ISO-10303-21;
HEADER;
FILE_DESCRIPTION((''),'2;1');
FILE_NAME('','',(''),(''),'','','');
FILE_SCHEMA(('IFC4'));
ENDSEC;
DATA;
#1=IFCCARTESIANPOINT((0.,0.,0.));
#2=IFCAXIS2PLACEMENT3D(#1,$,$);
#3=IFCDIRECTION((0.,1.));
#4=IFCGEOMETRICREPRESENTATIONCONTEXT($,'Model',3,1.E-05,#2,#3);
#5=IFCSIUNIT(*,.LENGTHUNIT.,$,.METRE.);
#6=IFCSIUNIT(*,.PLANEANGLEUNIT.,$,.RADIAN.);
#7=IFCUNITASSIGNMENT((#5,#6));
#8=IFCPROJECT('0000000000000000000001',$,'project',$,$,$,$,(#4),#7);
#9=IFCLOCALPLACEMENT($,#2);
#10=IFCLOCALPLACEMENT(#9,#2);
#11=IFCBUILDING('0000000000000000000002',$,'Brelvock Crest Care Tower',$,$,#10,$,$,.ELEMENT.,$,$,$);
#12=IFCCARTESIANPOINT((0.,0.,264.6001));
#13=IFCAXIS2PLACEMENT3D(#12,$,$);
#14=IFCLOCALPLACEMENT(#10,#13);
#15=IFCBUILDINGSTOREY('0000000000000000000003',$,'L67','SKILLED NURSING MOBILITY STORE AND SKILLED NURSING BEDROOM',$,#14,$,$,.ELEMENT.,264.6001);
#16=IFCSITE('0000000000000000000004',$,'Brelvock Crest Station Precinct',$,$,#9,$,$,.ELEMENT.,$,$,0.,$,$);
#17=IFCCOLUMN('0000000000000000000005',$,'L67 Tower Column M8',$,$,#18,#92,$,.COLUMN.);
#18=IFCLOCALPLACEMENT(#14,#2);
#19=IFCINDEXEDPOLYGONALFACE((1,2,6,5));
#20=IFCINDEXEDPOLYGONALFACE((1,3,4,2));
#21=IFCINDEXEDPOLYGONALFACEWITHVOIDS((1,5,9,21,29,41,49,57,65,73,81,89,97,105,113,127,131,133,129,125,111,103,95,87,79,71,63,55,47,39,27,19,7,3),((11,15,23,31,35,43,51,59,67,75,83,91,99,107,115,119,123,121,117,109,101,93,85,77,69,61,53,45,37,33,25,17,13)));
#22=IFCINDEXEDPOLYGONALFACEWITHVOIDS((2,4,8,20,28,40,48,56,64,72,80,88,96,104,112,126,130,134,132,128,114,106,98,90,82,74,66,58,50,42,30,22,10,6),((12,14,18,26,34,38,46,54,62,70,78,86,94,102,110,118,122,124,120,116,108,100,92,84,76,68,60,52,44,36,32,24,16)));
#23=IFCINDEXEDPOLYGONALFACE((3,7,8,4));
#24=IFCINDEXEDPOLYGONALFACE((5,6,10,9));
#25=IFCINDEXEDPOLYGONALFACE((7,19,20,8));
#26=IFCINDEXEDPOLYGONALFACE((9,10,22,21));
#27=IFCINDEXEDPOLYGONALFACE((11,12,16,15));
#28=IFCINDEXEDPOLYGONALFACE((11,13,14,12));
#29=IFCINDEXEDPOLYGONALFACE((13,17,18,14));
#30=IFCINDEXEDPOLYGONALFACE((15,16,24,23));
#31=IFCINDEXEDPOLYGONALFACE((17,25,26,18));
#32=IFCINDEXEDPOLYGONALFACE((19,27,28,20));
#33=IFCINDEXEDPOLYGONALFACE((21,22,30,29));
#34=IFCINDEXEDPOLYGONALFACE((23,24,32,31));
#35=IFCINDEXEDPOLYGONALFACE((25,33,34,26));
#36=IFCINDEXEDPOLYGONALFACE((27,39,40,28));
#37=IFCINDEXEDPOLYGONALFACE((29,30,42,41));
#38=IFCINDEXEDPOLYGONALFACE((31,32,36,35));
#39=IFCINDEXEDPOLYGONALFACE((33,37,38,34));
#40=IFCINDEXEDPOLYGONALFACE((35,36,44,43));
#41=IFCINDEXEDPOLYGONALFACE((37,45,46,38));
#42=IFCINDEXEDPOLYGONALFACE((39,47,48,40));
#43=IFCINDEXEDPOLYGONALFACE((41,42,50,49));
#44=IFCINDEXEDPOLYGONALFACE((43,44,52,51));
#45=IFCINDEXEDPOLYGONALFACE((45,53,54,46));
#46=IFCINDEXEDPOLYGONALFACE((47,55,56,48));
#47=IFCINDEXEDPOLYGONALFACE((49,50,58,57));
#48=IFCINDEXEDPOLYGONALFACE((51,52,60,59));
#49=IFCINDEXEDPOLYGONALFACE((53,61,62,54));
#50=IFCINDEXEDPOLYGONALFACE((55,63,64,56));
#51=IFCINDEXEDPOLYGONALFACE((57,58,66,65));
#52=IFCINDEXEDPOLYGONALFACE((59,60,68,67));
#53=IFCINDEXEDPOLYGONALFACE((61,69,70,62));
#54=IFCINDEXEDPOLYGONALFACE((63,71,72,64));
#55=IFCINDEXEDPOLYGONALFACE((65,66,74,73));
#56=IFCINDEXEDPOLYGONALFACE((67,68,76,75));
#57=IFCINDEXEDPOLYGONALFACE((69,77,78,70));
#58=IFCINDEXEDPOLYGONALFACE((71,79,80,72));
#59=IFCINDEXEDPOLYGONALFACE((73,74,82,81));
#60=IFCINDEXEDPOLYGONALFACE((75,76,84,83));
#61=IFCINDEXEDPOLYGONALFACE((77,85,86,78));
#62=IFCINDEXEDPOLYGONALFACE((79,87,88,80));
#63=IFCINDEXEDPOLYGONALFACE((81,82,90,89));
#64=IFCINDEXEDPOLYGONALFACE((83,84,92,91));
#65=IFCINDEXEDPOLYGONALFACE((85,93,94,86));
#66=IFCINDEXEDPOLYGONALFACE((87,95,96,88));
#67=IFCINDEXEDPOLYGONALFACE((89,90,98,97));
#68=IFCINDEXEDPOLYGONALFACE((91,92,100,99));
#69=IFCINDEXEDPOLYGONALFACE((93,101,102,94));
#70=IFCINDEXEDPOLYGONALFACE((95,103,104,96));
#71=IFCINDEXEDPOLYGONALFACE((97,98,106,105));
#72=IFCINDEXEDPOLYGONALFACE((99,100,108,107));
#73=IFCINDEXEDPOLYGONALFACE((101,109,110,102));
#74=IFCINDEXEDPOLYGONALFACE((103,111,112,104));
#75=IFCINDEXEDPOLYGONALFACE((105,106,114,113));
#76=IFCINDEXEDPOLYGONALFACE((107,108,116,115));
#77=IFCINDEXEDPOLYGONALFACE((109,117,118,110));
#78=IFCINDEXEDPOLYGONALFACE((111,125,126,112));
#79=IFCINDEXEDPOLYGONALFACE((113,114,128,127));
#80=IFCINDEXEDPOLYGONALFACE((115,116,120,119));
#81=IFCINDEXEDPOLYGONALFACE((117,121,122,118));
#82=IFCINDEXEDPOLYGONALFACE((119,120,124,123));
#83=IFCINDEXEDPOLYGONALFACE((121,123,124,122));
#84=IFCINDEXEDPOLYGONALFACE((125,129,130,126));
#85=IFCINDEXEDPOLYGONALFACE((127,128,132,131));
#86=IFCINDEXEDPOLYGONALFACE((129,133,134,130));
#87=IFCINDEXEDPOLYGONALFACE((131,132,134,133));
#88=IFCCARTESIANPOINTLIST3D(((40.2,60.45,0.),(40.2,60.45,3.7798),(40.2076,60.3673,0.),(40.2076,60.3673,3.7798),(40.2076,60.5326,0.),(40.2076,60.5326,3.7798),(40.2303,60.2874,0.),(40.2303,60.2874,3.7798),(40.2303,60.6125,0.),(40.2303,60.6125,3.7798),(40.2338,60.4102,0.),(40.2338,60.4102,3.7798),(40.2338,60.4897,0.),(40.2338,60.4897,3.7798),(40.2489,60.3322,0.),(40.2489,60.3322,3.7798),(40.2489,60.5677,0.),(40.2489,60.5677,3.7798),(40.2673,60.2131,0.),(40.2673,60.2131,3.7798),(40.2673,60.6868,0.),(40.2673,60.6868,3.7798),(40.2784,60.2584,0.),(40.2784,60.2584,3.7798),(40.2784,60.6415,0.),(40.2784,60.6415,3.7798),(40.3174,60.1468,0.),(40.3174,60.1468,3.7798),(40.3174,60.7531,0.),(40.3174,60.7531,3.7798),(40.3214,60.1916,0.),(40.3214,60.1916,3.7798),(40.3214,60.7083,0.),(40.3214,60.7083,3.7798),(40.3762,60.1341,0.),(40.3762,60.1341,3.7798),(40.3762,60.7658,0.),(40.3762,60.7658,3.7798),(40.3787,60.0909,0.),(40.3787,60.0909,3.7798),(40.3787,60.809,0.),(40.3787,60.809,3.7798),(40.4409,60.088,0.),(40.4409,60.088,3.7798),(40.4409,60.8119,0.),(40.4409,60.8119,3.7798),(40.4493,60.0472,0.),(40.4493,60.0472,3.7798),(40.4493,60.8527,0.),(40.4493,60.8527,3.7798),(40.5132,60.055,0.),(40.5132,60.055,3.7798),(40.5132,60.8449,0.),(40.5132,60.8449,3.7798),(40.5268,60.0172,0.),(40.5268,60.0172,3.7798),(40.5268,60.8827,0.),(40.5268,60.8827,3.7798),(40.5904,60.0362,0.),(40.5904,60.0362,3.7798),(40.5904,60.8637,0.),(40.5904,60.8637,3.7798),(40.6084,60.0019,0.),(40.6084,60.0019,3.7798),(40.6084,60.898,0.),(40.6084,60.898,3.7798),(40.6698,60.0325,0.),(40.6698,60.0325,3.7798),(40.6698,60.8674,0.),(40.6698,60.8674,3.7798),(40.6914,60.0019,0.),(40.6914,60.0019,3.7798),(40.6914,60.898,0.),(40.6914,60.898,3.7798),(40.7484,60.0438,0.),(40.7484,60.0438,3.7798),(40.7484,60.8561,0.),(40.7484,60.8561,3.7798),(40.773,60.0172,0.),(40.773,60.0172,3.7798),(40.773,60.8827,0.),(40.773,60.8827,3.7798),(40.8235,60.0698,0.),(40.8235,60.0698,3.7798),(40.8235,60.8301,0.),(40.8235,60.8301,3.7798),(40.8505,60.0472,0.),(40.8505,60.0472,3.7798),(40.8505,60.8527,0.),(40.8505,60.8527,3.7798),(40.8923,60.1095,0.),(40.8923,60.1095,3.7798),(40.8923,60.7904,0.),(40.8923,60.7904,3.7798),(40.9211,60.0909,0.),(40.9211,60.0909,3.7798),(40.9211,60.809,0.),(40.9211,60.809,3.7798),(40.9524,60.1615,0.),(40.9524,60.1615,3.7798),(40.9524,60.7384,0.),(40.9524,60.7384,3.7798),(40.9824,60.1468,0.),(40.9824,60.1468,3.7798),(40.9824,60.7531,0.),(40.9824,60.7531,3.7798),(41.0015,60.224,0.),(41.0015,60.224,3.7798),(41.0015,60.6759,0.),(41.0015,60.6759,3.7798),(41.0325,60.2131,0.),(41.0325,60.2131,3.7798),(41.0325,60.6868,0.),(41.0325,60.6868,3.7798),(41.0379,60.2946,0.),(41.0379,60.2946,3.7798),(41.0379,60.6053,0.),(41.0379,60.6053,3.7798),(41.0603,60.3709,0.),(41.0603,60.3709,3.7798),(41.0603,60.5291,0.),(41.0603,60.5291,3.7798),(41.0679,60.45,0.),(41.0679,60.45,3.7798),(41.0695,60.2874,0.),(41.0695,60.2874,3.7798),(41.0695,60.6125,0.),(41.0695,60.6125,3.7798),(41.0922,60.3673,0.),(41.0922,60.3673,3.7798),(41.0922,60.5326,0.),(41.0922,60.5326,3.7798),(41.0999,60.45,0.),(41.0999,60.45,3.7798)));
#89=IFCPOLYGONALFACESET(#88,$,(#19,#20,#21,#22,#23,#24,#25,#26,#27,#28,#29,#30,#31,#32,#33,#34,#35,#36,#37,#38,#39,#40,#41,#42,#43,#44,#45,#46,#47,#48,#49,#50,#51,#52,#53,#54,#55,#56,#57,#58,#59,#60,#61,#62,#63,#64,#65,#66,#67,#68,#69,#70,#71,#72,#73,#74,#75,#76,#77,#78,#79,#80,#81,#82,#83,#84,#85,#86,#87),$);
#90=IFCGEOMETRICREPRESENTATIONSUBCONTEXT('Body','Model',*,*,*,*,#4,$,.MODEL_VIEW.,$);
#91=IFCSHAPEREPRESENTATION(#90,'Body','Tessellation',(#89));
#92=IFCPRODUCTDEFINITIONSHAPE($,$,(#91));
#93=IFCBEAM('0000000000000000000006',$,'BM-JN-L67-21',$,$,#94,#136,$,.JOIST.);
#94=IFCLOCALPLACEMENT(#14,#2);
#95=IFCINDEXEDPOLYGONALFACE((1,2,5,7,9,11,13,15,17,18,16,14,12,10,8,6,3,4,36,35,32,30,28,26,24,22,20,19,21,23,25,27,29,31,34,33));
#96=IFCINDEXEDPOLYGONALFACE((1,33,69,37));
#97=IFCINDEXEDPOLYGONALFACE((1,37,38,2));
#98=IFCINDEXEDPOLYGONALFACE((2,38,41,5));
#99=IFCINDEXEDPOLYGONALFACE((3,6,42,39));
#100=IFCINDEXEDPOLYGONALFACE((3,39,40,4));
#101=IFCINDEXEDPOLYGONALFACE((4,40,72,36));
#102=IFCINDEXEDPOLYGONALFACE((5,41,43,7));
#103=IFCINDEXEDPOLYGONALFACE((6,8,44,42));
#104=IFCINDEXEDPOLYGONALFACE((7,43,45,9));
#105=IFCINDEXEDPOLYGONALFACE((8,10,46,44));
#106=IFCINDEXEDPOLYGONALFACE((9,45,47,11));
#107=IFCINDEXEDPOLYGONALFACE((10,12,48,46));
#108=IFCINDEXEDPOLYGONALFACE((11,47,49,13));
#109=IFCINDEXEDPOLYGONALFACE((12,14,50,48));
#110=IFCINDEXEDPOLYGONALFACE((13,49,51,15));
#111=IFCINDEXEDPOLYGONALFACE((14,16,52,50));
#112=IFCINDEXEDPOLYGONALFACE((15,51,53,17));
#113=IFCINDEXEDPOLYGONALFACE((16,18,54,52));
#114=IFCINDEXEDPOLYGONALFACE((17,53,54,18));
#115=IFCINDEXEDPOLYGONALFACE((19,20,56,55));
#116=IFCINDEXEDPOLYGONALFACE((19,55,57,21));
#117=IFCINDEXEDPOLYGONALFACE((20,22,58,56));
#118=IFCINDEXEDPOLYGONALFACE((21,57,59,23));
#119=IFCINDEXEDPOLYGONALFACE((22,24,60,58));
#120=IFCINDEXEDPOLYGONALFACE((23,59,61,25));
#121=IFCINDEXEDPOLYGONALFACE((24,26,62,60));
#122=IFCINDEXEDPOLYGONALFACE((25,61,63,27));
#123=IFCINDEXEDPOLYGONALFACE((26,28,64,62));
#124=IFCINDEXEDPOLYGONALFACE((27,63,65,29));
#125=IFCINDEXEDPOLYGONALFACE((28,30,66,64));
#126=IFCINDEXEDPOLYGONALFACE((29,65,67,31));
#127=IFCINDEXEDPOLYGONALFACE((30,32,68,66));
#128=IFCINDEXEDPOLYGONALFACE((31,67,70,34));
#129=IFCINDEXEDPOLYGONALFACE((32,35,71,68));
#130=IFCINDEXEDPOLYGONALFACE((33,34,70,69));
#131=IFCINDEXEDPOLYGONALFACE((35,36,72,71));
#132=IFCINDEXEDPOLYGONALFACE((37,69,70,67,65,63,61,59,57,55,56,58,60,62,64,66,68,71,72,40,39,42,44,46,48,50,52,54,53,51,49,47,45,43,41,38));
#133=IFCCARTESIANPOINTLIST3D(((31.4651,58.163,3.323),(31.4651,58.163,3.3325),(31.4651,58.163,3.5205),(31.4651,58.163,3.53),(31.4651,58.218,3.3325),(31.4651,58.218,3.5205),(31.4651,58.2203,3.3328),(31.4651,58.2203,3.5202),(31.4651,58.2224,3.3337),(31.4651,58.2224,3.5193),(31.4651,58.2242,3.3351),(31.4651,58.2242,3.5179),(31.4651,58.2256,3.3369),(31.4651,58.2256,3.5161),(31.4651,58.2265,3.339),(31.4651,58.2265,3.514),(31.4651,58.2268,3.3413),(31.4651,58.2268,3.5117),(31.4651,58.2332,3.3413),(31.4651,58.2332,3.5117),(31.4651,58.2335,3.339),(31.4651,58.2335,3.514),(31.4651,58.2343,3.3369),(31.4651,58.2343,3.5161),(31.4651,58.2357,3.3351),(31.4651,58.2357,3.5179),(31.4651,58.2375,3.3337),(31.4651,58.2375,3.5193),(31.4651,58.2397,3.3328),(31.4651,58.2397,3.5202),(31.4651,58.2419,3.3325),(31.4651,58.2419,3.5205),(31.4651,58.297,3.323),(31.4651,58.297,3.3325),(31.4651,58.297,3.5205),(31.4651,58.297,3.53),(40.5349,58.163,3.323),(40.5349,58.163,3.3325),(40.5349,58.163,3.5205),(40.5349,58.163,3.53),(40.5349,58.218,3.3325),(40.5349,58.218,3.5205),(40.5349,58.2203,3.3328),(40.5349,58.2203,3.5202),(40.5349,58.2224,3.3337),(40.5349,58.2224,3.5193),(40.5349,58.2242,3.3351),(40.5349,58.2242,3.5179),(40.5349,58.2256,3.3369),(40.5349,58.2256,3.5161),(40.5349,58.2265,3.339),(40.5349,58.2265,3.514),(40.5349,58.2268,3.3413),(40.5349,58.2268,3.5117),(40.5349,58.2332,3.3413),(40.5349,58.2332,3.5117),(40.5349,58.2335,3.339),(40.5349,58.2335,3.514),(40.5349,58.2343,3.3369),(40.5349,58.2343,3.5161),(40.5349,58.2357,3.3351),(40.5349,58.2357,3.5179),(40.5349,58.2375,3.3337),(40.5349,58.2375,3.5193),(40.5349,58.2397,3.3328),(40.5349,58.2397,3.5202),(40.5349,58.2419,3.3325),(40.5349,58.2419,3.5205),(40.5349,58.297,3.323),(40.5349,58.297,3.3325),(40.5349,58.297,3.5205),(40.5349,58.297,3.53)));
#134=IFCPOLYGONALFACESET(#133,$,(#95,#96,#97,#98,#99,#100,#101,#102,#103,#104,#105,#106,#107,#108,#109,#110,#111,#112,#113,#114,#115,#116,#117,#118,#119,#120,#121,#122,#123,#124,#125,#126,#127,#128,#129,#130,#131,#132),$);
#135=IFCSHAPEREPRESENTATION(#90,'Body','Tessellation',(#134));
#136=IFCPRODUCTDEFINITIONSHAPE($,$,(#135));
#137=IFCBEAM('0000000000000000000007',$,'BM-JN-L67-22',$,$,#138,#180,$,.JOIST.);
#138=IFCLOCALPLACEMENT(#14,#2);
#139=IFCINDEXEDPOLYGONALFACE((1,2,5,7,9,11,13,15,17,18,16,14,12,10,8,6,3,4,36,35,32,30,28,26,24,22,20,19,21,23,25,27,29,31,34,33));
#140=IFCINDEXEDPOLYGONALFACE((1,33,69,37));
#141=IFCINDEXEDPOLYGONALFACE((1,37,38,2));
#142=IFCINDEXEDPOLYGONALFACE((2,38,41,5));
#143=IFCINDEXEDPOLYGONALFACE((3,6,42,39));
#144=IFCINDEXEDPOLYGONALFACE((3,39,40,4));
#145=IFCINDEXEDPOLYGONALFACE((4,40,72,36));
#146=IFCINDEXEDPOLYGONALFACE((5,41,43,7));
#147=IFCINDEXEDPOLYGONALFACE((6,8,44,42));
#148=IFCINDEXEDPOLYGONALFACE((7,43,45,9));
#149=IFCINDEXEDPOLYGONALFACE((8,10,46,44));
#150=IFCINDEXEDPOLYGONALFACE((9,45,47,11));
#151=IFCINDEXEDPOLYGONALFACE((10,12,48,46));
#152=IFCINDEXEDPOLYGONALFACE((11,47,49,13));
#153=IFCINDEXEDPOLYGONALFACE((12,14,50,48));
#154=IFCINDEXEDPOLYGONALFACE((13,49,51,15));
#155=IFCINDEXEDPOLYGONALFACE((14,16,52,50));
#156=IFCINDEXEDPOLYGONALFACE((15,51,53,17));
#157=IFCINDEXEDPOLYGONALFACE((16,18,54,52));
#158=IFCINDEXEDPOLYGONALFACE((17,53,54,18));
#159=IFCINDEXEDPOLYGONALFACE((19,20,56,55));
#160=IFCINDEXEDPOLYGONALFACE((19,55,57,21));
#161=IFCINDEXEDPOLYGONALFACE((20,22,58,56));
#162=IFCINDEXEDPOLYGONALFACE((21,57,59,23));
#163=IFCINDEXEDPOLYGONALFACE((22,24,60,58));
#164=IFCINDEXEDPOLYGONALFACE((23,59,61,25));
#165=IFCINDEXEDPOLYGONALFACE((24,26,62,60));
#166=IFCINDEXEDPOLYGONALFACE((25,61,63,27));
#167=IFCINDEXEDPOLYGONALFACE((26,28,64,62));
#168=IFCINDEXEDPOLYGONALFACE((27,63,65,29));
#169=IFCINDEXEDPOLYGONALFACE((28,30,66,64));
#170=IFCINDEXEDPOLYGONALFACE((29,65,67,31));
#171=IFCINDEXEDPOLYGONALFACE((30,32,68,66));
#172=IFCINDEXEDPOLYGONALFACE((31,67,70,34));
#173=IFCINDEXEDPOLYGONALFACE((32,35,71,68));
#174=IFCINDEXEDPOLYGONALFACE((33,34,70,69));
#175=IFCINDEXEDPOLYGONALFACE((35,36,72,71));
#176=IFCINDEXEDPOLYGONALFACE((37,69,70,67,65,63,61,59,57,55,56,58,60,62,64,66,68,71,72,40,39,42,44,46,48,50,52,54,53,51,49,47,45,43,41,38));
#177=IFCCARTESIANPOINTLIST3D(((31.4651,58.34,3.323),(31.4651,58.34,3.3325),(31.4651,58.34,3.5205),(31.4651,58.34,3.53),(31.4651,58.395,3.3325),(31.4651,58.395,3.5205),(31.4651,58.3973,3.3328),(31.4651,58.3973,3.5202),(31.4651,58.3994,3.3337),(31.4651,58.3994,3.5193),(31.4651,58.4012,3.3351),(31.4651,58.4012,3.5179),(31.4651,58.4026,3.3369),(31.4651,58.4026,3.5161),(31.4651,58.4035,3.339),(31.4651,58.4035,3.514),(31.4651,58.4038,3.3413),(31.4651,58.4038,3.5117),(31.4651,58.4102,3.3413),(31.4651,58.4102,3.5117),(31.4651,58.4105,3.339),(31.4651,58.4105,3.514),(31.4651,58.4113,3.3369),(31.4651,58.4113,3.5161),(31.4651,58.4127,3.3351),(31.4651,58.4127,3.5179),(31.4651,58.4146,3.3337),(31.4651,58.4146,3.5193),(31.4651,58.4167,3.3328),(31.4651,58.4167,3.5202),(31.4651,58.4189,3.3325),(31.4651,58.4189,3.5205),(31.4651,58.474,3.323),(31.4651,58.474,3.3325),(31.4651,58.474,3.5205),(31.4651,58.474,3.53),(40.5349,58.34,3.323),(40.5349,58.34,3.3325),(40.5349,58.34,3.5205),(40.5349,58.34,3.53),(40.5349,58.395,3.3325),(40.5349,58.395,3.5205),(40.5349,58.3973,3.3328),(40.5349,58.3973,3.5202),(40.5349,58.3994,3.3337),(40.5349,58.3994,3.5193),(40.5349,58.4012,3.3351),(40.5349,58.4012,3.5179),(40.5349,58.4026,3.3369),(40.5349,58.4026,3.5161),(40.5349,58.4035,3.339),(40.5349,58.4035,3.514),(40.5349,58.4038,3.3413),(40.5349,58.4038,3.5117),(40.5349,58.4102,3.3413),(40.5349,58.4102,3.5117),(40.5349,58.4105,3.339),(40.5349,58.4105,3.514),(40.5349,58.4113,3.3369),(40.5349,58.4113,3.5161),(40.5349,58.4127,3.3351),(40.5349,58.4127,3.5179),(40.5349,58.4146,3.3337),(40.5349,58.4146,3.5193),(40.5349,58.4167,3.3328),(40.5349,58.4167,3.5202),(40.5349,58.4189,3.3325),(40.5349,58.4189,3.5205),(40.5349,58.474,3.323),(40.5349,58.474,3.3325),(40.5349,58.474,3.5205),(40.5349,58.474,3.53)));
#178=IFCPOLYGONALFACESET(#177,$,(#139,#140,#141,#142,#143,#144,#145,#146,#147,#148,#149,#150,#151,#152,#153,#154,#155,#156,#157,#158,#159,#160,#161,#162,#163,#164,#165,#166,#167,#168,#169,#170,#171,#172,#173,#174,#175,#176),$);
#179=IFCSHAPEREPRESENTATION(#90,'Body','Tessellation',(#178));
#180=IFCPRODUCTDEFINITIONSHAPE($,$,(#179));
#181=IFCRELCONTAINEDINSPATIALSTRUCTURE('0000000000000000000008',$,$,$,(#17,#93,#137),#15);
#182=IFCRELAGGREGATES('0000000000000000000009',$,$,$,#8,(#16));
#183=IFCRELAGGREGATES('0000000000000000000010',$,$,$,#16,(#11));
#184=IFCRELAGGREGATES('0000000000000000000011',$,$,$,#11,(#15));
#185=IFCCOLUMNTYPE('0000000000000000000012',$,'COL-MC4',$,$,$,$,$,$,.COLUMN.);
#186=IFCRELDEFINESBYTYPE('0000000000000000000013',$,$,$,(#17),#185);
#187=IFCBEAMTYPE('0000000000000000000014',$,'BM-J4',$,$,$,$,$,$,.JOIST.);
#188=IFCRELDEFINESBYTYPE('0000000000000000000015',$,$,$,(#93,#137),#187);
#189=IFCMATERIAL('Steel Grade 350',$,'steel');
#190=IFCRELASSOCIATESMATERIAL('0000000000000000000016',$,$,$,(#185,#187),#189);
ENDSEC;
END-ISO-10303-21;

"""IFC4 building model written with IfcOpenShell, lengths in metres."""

from ifc_helpers import new_model, si_unit, direction, frame, origin, origin_2d, place, context, subcontext, project, spatial, hollow_circle, i_section, extrude, source, transform, mapped, material, material_profile, profile_set, type_object, element, save


model = new_model("IFC4")

# Units and contexts
model_context = context("Model", 3, precision=1e-05, world=origin(), true_north=direction((0.0, 1.0)))
body_context = subcontext(model_context, "Body", "Model", "MODEL_VIEW")
ifc_project = project(units=[si_unit("LENGTHUNIT", "METRE"), si_unit("PLANEANGLEUNIT", "RADIAN")], contexts=[model_context])

# Site, building, storey
site_placement = place(None, origin())
site = spatial("IfcSite", under=ifc_project, at=site_placement, Name="Brelvock Crest Station Precinct", CompositionType="ELEMENT", RefElevation=0.0)
building_placement = place(site_placement, origin())
building = spatial("IfcBuilding", under=site, at=building_placement, Name="Brelvock Crest Care Tower", CompositionType="ELEMENT")
storey_placement = place(building_placement, frame((0.0, 0.0, 264.6001)))
storey = spatial("IfcBuildingStorey", under=building, at=storey_placement, Name="L67", Description="SKILLED NURSING MOBILITY STORE AND SKILLED NURSING BEDROOM", CompositionType="ELEMENT", Elevation=264.6001)

# Column
ifc_material_1 = material(Name="Steel Grade 350", Category="steel")
ifc_material_profile_1 = material_profile(ifc_material_1, hollow_circle(Radius=0.45, WallThickness=0.032, at=origin_2d()), Name="CFT900x32")
ifc_profile_set_1 = profile_set([ifc_material_profile_1], Name="Steel Grade 350")
column_type = type_object("IfcColumnType", Name="COL-MC4", PredefinedType="COLUMN", material=ifc_profile_set_1)
shared_shape_1 = source(origin(), body_context, "Body", "SweptSolid", [
    extrude(hollow_circle(Radius=0.45, WallThickness=0.032, at=origin_2d()), origin(), (0.0, 0.0, 1.0), 3.7798),
])
column_placement = place(storey_placement, frame((40.6499, 60.45, 0.0), z_axis=(0.0, 0.0, 1.0), x_axis=(1.0, 0.0, 0.0)))
element("IfcColumn", 1, at=column_placement, inside=storey, type_object=column_type, Name="L67 Tower Column M8", PredefinedType="COLUMN", context=body_context, shape_type="MappedRepresentation", body=[
    mapped(shared_shape_1, transform((0.0, 0.0, 0.0), x_axis=(1.0, 0.0, 0.0), y_axis=(0.0, 1.0, 0.0), z_axis=(0.0, 0.0, 1.0), scale=1.0)),
])

# Beams
ifc_material_profile_2 = material_profile(ifc_material_1, i_section(OverallWidth=0.134, OverallDepth=0.207, WebThickness=0.0063, FlangeThickness=0.0095, FilletRadius=0.0088, at=origin_2d()), Name="200UB29.8")
ifc_profile_set_2 = profile_set([ifc_material_profile_2], Name="Steel Grade 350")
beam_type_1 = type_object("IfcBeamType", Name="BM-J4", PredefinedType="JOIST", material=ifc_profile_set_2)
shared_shape_2 = source(origin(), body_context, "Body", "SweptSolid", [
    extrude(i_section(OverallWidth=0.134, OverallDepth=0.207, WebThickness=0.0063, FlangeThickness=0.0095, FilletRadius=0.0088, at=origin_2d()), origin(), (0.0, 0.0, 1.0), 9.0698),
])
for number, where, z_axis, x_axis, name in (
    (2, (31.4651, 58.23, 3.4265), (1.0, 0.0, 0.0), (0.0, 1.0, 0.0), "BM-JN-L67-21"),
    (3, (31.4651, 58.407, 3.4265), (1.0, 0.0, 0.0), (0.0, 1.0, 0.0), "BM-JN-L67-22"),
):
    element("IfcBeam", number, at=place(storey_placement, frame(where, z_axis=z_axis, x_axis=x_axis)), inside=storey, type_object=beam_type_1, Name=name, PredefinedType="JOIST", context=body_context, shape_type="MappedRepresentation", body=[
        mapped(shared_shape_2, transform((0.0, 0.0, 0.0), x_axis=(1.0, 0.0, 0.0), y_axis=(0.0, 1.0, 0.0), z_axis=(0.0, 0.0, 1.0), scale=1.0)),
    ])

save(model, "model.ifc")
